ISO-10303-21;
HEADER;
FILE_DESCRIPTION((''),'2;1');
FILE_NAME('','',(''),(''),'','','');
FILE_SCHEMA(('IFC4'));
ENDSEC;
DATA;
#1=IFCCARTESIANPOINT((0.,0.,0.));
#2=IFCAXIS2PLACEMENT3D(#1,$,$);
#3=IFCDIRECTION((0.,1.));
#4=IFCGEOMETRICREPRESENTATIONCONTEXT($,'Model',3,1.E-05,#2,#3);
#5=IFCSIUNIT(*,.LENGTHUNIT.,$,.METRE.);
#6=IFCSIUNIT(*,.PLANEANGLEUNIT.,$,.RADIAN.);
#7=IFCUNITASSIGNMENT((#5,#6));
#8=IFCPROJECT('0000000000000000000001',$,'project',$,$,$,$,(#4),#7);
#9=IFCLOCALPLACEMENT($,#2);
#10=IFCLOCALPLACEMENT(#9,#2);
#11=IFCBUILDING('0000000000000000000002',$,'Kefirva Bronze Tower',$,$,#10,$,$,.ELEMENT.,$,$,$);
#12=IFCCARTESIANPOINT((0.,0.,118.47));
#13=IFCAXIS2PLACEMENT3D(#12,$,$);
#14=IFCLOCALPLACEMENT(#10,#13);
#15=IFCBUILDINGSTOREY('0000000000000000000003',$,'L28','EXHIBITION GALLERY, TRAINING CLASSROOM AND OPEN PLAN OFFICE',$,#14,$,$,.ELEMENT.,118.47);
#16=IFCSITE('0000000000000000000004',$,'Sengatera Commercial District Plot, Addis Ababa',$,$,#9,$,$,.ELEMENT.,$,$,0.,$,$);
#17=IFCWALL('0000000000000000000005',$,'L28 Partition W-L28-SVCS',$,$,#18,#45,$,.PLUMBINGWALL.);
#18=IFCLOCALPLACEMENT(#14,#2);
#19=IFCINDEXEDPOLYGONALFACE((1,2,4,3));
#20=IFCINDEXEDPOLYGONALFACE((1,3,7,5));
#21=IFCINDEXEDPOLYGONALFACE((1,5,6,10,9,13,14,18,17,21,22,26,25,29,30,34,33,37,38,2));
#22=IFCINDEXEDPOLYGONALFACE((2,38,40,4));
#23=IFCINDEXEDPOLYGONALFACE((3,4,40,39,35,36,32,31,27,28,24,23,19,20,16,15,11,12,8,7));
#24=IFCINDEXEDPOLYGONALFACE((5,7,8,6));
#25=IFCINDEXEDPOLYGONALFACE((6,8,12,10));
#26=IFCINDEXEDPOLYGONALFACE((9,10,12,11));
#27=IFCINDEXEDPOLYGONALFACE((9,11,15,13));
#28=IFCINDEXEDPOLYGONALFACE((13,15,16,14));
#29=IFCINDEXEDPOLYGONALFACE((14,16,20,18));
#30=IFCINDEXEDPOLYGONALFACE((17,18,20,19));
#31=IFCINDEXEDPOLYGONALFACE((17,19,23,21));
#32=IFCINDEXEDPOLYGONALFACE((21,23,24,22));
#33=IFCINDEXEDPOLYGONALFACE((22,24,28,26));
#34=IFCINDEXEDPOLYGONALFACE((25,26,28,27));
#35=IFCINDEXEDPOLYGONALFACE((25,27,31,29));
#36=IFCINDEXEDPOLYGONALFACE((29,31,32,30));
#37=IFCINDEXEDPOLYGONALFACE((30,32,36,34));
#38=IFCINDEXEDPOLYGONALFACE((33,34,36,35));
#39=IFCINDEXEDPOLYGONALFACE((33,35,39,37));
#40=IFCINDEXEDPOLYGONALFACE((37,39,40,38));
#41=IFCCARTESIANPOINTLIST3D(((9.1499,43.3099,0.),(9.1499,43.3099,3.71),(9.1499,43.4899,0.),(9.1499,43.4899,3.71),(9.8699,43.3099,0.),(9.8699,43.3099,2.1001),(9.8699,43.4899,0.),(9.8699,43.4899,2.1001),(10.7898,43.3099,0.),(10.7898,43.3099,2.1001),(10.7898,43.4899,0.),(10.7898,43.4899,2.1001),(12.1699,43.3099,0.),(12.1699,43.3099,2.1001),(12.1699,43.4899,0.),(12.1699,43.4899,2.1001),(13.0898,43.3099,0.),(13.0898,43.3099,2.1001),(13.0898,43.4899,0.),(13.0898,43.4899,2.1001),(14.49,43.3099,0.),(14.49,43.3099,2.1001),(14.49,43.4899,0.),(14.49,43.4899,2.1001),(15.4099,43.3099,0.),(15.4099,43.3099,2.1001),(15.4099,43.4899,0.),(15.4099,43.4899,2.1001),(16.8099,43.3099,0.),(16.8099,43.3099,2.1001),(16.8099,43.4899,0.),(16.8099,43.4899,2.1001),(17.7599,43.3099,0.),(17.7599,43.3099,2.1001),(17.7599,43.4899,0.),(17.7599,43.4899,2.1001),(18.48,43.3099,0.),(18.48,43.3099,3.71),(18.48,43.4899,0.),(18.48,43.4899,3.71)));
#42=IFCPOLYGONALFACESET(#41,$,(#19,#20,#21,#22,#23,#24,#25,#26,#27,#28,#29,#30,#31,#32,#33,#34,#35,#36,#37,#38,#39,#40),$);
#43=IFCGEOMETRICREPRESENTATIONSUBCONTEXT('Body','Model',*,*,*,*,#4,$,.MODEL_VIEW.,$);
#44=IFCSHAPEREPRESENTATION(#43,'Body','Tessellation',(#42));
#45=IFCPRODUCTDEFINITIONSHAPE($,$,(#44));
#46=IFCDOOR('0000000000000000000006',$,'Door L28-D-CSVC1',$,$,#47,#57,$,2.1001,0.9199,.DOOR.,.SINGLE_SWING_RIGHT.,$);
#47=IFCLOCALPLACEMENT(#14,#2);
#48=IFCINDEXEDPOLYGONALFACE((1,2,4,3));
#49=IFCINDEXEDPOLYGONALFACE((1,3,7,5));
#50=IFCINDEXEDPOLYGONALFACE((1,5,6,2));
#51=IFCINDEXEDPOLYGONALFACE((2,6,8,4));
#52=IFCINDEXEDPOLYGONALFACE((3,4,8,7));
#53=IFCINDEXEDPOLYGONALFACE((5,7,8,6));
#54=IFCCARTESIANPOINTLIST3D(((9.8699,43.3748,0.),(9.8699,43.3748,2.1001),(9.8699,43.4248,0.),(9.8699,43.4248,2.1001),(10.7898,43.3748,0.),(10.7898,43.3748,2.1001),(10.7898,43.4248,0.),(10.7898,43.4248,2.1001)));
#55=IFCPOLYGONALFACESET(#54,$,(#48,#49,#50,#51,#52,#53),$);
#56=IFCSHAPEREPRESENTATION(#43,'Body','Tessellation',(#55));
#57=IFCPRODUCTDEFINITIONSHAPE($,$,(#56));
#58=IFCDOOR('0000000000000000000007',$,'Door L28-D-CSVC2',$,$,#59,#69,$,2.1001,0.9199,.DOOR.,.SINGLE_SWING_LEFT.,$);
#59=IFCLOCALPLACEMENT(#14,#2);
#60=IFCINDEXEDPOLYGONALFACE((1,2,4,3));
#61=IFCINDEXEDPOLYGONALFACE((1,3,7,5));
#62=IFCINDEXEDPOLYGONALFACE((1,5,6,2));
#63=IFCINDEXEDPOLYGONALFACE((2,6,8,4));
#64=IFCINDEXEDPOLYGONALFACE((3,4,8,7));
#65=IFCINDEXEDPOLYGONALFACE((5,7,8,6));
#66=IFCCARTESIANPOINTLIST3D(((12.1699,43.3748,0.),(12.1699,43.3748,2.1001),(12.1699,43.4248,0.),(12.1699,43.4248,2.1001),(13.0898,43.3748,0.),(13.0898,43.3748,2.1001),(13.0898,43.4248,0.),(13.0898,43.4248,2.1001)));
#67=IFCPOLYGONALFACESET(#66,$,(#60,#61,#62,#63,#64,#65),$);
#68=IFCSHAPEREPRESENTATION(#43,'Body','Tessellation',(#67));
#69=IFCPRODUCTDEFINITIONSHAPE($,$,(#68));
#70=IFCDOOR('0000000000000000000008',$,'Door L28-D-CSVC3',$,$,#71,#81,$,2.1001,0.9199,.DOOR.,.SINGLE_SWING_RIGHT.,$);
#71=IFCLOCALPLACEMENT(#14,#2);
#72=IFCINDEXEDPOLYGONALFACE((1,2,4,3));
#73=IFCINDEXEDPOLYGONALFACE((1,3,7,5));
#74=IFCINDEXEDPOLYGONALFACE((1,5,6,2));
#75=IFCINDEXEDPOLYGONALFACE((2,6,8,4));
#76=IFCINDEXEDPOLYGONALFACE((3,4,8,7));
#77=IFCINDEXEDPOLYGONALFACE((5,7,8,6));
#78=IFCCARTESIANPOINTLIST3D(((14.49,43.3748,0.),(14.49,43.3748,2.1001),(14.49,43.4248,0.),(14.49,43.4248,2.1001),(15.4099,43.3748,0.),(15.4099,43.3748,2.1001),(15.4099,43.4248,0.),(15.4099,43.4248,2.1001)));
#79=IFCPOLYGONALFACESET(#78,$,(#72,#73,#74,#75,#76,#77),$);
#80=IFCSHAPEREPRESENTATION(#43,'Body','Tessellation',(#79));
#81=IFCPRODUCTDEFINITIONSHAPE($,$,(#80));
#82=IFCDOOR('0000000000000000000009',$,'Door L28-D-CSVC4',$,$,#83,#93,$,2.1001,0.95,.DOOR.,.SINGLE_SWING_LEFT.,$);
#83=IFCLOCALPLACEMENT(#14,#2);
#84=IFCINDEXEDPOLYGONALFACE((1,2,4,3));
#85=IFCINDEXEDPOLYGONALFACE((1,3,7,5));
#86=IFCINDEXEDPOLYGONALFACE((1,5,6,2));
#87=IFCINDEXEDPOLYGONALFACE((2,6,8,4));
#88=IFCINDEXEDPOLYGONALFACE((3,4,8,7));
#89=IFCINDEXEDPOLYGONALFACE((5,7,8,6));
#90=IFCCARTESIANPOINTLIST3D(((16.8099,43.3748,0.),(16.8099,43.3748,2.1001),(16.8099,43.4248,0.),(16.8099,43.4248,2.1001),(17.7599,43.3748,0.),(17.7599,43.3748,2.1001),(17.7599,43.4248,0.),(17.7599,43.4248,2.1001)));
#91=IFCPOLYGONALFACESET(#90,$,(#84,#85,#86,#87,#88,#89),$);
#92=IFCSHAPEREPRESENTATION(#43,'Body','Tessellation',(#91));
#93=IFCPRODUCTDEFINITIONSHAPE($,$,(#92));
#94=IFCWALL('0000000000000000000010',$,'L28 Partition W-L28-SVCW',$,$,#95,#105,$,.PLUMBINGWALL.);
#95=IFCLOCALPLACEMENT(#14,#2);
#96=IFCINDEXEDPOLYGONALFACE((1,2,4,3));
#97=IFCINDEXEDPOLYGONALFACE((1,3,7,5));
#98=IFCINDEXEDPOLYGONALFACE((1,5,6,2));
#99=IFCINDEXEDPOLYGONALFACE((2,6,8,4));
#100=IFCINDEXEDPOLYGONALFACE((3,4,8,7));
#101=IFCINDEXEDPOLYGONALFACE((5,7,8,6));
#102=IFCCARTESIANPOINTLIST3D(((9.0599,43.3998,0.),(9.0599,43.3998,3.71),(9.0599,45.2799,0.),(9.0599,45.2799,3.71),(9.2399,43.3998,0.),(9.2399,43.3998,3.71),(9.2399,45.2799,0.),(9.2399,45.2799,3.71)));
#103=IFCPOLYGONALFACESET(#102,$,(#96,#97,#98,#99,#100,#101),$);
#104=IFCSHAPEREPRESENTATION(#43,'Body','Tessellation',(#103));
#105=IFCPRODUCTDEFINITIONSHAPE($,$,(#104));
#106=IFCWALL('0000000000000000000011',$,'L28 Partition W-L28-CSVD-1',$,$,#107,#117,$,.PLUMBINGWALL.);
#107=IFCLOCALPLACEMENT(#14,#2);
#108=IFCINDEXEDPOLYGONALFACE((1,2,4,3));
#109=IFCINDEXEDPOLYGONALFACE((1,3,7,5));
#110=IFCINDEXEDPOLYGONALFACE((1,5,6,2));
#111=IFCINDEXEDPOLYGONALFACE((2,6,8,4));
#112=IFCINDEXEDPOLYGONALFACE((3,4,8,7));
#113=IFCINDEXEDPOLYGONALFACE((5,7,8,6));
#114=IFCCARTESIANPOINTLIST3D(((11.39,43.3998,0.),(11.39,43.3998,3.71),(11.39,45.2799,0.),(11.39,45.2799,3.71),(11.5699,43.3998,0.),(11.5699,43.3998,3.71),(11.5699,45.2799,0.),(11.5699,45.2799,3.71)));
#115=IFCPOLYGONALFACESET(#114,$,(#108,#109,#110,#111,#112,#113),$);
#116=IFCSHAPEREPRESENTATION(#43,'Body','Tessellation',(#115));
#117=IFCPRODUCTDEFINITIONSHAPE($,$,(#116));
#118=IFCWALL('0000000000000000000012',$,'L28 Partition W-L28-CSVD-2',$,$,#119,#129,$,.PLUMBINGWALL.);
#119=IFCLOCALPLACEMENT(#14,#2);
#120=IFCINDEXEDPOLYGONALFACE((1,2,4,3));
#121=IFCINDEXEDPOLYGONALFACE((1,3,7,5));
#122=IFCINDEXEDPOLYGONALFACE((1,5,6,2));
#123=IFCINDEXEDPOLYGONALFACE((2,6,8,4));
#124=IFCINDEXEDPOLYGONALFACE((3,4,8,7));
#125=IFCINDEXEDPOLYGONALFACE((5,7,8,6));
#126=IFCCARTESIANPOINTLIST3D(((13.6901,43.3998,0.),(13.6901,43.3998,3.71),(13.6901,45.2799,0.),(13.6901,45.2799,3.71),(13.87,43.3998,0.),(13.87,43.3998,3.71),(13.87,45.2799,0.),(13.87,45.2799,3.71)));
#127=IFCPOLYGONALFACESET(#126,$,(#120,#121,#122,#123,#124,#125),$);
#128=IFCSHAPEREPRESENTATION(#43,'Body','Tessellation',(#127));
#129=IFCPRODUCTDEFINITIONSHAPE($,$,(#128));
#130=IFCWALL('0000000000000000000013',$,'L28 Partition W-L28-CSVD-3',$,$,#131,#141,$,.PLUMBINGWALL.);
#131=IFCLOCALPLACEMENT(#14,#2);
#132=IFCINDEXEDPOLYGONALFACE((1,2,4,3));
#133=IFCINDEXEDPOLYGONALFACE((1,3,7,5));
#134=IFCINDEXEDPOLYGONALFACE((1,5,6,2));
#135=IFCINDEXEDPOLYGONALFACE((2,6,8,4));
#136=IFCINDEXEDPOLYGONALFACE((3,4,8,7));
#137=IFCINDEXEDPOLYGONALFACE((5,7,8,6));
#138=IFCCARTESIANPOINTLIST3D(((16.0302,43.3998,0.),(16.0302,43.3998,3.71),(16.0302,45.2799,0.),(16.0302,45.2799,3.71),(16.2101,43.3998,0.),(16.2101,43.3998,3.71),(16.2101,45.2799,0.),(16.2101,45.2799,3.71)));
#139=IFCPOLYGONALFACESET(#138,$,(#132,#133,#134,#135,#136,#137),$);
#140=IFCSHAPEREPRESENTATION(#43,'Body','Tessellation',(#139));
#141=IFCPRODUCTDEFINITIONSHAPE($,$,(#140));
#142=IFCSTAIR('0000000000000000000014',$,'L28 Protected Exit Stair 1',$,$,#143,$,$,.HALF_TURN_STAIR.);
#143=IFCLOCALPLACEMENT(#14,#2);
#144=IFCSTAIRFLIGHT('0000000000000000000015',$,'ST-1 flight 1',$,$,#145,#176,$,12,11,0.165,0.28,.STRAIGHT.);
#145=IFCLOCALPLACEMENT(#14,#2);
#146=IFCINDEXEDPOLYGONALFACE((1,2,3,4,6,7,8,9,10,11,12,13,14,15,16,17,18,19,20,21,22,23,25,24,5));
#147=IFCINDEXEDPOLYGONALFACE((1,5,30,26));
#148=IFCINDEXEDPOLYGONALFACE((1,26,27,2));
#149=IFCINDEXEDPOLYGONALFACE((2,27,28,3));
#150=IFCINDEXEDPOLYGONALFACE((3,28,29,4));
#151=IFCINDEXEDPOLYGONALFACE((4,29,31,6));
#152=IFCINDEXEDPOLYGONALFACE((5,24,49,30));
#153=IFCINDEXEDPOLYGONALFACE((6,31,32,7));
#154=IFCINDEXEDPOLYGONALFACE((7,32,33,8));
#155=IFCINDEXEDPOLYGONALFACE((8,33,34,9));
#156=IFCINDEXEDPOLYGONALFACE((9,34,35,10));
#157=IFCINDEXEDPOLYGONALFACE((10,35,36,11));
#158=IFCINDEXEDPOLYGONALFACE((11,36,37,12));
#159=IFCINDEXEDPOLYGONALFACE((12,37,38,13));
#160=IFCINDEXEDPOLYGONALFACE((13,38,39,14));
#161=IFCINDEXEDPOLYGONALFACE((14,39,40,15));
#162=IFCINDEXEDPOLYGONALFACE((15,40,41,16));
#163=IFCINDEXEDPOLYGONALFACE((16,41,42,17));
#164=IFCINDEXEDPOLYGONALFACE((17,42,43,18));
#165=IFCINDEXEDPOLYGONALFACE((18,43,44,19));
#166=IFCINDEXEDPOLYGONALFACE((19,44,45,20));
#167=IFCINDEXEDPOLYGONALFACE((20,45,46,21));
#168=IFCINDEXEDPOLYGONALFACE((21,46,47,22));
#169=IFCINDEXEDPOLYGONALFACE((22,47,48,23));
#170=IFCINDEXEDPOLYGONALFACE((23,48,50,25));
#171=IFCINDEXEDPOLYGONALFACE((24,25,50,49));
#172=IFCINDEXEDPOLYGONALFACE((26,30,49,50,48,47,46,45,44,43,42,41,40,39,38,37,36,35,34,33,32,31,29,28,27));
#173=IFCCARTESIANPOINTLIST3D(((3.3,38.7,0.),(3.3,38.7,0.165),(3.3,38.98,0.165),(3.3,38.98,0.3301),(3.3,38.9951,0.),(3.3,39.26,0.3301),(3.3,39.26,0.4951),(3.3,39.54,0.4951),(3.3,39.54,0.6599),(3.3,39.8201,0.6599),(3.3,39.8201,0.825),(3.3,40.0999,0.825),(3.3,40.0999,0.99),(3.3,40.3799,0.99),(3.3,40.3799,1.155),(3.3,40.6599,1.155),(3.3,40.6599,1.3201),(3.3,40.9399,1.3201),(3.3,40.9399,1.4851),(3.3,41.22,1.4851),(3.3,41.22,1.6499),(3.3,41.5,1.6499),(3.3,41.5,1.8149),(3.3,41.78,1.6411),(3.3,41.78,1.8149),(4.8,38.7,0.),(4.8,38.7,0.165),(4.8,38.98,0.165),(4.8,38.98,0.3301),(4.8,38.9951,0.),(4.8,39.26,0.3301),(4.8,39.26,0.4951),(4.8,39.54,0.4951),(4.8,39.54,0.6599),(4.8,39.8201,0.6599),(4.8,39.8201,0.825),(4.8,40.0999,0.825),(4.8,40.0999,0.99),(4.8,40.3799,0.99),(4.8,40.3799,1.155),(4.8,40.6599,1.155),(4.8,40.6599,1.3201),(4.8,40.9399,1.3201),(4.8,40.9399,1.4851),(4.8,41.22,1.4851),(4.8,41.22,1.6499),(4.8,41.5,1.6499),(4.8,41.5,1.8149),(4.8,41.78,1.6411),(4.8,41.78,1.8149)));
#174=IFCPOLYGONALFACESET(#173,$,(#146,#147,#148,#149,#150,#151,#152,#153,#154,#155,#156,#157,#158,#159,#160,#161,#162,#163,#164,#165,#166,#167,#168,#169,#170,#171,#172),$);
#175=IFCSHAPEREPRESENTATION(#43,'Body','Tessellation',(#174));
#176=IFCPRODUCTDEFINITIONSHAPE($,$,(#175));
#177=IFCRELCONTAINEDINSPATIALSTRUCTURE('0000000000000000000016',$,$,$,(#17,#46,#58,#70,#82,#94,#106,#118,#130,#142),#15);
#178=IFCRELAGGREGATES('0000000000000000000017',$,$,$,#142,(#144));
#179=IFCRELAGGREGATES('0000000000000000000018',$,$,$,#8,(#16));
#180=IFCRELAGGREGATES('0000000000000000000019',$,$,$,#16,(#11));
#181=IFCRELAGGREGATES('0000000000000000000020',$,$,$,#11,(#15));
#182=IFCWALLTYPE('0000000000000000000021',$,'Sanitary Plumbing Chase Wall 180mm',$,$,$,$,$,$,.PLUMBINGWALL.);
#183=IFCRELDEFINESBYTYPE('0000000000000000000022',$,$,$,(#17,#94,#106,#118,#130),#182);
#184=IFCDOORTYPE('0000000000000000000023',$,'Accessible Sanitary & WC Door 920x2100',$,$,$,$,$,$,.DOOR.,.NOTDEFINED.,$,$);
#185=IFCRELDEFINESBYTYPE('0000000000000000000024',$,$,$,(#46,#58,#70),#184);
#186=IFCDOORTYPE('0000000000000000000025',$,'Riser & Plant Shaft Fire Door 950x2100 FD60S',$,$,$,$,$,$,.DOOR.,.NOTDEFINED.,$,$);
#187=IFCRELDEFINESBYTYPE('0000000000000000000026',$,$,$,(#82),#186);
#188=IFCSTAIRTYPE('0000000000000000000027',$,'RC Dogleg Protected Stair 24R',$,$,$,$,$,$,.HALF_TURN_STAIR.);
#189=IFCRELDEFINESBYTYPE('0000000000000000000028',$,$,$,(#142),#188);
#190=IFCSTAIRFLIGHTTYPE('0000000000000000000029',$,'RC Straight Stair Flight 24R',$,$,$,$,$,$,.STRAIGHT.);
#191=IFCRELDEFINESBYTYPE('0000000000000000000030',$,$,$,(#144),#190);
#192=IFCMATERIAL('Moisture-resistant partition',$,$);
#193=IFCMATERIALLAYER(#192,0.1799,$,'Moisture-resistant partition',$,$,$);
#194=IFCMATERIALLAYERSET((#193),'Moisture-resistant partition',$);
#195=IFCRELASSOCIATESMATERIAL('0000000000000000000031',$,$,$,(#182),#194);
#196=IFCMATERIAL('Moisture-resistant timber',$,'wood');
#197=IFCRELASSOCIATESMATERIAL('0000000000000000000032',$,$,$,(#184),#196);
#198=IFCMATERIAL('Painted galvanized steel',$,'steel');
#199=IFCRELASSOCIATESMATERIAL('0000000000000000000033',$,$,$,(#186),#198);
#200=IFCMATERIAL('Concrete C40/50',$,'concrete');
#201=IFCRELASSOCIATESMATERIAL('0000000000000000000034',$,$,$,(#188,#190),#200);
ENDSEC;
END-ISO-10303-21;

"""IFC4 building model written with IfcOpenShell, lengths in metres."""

from ifc_helpers import new_model, si_unit, direction, frame, frame_2d, origin, place, context, subcontext, project, spatial, polyline, rectangle, outline, extrude, material, layer, layer_set, type_object, element, fill, aggregate, save


model = new_model("IFC4")

# Units and contexts
model_context = context("Model", 3, precision=1e-05, world=origin(), true_north=direction((0.0, 1.0)))
body_context = subcontext(model_context, "Body", "Model", "MODEL_VIEW")
ifc_project = project(units=[si_unit("LENGTHUNIT", "METRE"), si_unit("PLANEANGLEUNIT", "RADIAN")], contexts=[model_context])

# Site, building, storey
site_placement = place(None, origin())
site = spatial("IfcSite", under=ifc_project, at=site_placement, Name="Sengatera Commercial District Plot, Addis Ababa", CompositionType="ELEMENT", RefElevation=0.0)
building_placement = place(site_placement, origin())
building = spatial("IfcBuilding", under=site, at=building_placement, Name="Kefirva Bronze Tower", CompositionType="ELEMENT")
storey_placement = place(building_placement, frame((0.0, 0.0, 118.47)))
storey = spatial("IfcBuildingStorey", under=building, at=storey_placement, Name="L28", Description="EXHIBITION GALLERY, TRAINING CLASSROOM AND OPEN PLAN OFFICE", CompositionType="ELEMENT", Elevation=118.47)

# Wall, openings, doors
ifc_material_1 = material(Name="Moisture-resistant partition")
ifc_layer_1 = layer(ifc_material_1, 0.1799, Name="Moisture-resistant partition")
ifc_layer_set_1 = layer_set([ifc_layer_1], Name="Moisture-resistant partition")
wall_type_1 = type_object("IfcWallType", Name="Sanitary Plumbing Chase Wall 180mm", PredefinedType="PLUMBINGWALL", material=ifc_layer_set_1)
wall_1_placement = place(storey_placement, frame((9.1499, 43.3999, 0.0), z_axis=(0.0, 0.0, 1.0), x_axis=(1.0, 0.0, 0.0)))
wall_1 = element("IfcWall", 1, at=wall_1_placement, inside=storey, type_object=wall_type_1, Name="L28 Partition W-L28-SVCS", PredefinedType="PLUMBINGWALL", context=body_context, shape_type="SweptSolid", body=[
    extrude(rectangle(XDim=9.3301, YDim=0.1799, at=frame_2d((4.665, 0.0))), origin(), (0.0, 0.0, 1.0), 3.71),
])
opening_1_placement = place(wall_1_placement, frame((0.72, 0.0, 0.0)))
opening_1 = element("IfcOpeningElement", 2, at=opening_1_placement, cuts=wall_1, PredefinedType="OPENING", context=body_context, shape_type="SweptSolid", body=[
    extrude(rectangle(XDim=0.9199, YDim=2.1001, at=frame_2d((0.46, 1.05))), frame((0.0, 0.1001, 0.0), z_axis=(0.0, -1.0, 0.0), x_axis=(1.0, 0.0, 0.0)), (0.0, 0.0, 1.0), 0.2),
])
opening_2_placement = place(wall_1_placement, frame((3.02, 0.0, 0.0)))
opening_2 = element("IfcOpeningElement", 3, at=opening_2_placement, cuts=wall_1, PredefinedType="OPENING", context=body_context, shape_type="SweptSolid", body=[
    extrude(rectangle(XDim=0.9199, YDim=2.1001, at=frame_2d((0.46, 1.05))), frame((0.0, 0.1001, 0.0), z_axis=(0.0, -1.0, 0.0), x_axis=(1.0, 0.0, 0.0)), (0.0, 0.0, 1.0), 0.2),
])
opening_3_placement = place(wall_1_placement, frame((5.3401, 0.0, 0.0)))
opening_3 = element("IfcOpeningElement", 4, at=opening_3_placement, cuts=wall_1, PredefinedType="OPENING", context=body_context, shape_type="SweptSolid", body=[
    extrude(rectangle(XDim=0.9199, YDim=2.1001, at=frame_2d((0.46, 1.05))), frame((0.0, 0.1001, 0.0), z_axis=(0.0, -1.0, 0.0), x_axis=(1.0, 0.0, 0.0)), (0.0, 0.0, 1.0), 0.2),
])
opening_4_placement = place(wall_1_placement, frame((7.6599, 0.0, 0.0)))
opening_4 = element("IfcOpeningElement", 5, at=opening_4_placement, cuts=wall_1, PredefinedType="OPENING", context=body_context, shape_type="SweptSolid", body=[
    extrude(rectangle(XDim=0.95, YDim=2.1001, at=frame_2d((0.4751, 1.05))), frame((0.0, 0.1001, 0.0), z_axis=(0.0, -1.0, 0.0), x_axis=(1.0, 0.0, 0.0)), (0.0, 0.0, 1.0), 0.2),
])
ifc_material_2 = material(Name="Moisture-resistant timber", Category="wood")
door_type_1 = type_object("IfcDoorType", Name="Accessible Sanitary & WC Door 920x2100", OperationType="NOTDEFINED", PredefinedType="DOOR", material=ifc_material_2)
door_1_placement = place(opening_1_placement, origin())
door_1 = element("IfcDoor", 6, at=door_1_placement, inside=storey, type_object=door_type_1, Name="Door L28-D-CSVC1", OperationType="SINGLE_SWING_RIGHT", OverallHeight=2.1001, OverallWidth=0.9199, PredefinedType="DOOR", context=body_context, shape_type="SweptSolid", body=[
    extrude(rectangle(XDim=0.9199, YDim=2.1001, at=frame_2d((0.46, 1.05))), frame((0.0, 0.0249, 0.0), z_axis=(0.0, -1.0, 0.0), x_axis=(1.0, 0.0, 0.0)), (0.0, 0.0, 1.0), 0.05),
])
fill(opening_1, door_1)
door_2_placement = place(opening_2_placement, origin())
door_2 = element("IfcDoor", 7, at=door_2_placement, inside=storey, type_object=door_type_1, Name="Door L28-D-CSVC2", OperationType="SINGLE_SWING_LEFT", OverallHeight=2.1001, OverallWidth=0.9199, PredefinedType="DOOR", context=body_context, shape_type="SweptSolid", body=[
    extrude(rectangle(XDim=0.9199, YDim=2.1001, at=frame_2d((0.46, 1.05))), frame((0.0, 0.0249, 0.0), z_axis=(0.0, -1.0, 0.0), x_axis=(1.0, 0.0, 0.0)), (0.0, 0.0, 1.0), 0.05),
])
fill(opening_2, door_2)
door_3_placement = place(opening_3_placement, origin())
door_3 = element("IfcDoor", 8, at=door_3_placement, inside=storey, type_object=door_type_1, Name="Door L28-D-CSVC3", OperationType="SINGLE_SWING_RIGHT", OverallHeight=2.1001, OverallWidth=0.9199, PredefinedType="DOOR", context=body_context, shape_type="SweptSolid", body=[
    extrude(rectangle(XDim=0.9199, YDim=2.1001, at=frame_2d((0.46, 1.05))), frame((0.0, 0.0249, 0.0), z_axis=(0.0, -1.0, 0.0), x_axis=(1.0, 0.0, 0.0)), (0.0, 0.0, 1.0), 0.05),
])
fill(opening_3, door_3)
ifc_material_3 = material(Name="Painted galvanized steel", Category="steel")
door_type_2 = type_object("IfcDoorType", Name="Riser & Plant Shaft Fire Door 950x2100 FD60S", OperationType="NOTDEFINED", PredefinedType="DOOR", material=ifc_material_3)
door_4_placement = place(opening_4_placement, origin())
door_4 = element("IfcDoor", 9, at=door_4_placement, inside=storey, type_object=door_type_2, Name="Door L28-D-CSVC4", OperationType="SINGLE_SWING_LEFT", OverallHeight=2.1001, OverallWidth=0.95, PredefinedType="DOOR", context=body_context, shape_type="SweptSolid", body=[
    extrude(rectangle(XDim=0.95, YDim=2.1001, at=frame_2d((0.4751, 1.05))), frame((0.0, 0.0249, 0.0), z_axis=(0.0, -1.0, 0.0), x_axis=(1.0, 0.0, 0.0)), (0.0, 0.0, 1.0), 0.05),
])
fill(opening_4, door_4)

# Walls
for number, where, z_axis, x_axis, name in (
    (10, (9.1499, 43.3999, 0.0), (0.0, 0.0, 1.0), (0.0, 1.0, 0.0), "L28 Partition W-L28-SVCW"),
    (11, (11.48, 43.3999, 0.0), (0.0, 0.0, 1.0), (0.0, 1.0, 0.0), "L28 Partition W-L28-CSVD-1"),
    (12, (13.78, 43.3999, 0.0), (0.0, 0.0, 1.0), (0.0, 1.0, 0.0), "L28 Partition W-L28-CSVD-2"),
    (13, (16.1201, 43.3999, 0.0), (0.0, 0.0, 1.0), (0.0, 1.0, 0.0), "L28 Partition W-L28-CSVD-3"),
):
    element("IfcWall", number, at=place(storey_placement, frame(where, z_axis=z_axis, x_axis=x_axis)), inside=storey, type_object=wall_type_1, Name=name, PredefinedType="PLUMBINGWALL", context=body_context, shape_type="SweptSolid", body=[
        extrude(rectangle(XDim=1.8801, YDim=0.1799, at=frame_2d((0.9399, 0.0))), origin(), (0.0, 0.0, 1.0), 3.71),
    ])

# Stair, stair flight
ifc_material_4 = material(Name="Concrete C40/50", Category="concrete")
stair_type = type_object("IfcStairType", Name="RC Dogleg Protected Stair 24R", PredefinedType="HALF_TURN_STAIR", material=ifc_material_4)
stair_placement = place(storey_placement, origin())
stair = element("IfcStair", 14, at=stair_placement, inside=storey, type_object=stair_type, Name="L28 Protected Exit Stair 1", PredefinedType="HALF_TURN_STAIR")
stair_flight_type = type_object("IfcStairFlightType", Name="RC Straight Stair Flight 24R", PredefinedType="STRAIGHT", material=ifc_material_4)
stair_flight_placement = place(storey_placement, frame((4.05, 38.7, 0.0), z_axis=(0.0, 0.0, 1.0), x_axis=(0.0, 1.0, 0.0)))
stair_flight = element("IfcStairFlight", 15, at=stair_flight_placement, type_object=stair_flight_type, Name="ST-1 flight 1", NumberOfRisers=12, NumberOfTreads=11, PredefinedType="STRAIGHT", RiserHeight=0.165, TreadLength=0.28, context=body_context, shape_type="SweptSolid", body=[
    extrude(outline(polyline([(0.0, 0.0), (0.0, 0.165), (0.28, 0.165), (0.28, 0.3301), (0.5601, 0.3301), (0.5601, 0.4951), (0.8401, 0.4951), (0.8401, 0.6599), (1.1201, 0.6599), (1.1201, 0.825), (1.3999, 0.825), (1.3999, 0.99), (1.6799, 0.99), (1.6799, 1.155), (1.96, 1.155), (1.96, 1.3201), (2.24, 1.3201), (2.24, 1.4851), (2.52, 1.4851), (2.52, 1.6499), (2.8, 1.6499), (2.8, 1.8149), (3.0801, 1.8149), (3.0801, 1.98), (3.0801, 1.6411), (0.2952, 0.0), (0.0, 0.0)])), frame((0.0, 0.75, 0.0), z_axis=(0.0, -1.0, 0.0), x_axis=(1.0, 0.0, 0.0)), (0.0, 0.0, 1.0), 1.5),
])
aggregate(stair, [stair_flight])

save(model, "model.ifc")
